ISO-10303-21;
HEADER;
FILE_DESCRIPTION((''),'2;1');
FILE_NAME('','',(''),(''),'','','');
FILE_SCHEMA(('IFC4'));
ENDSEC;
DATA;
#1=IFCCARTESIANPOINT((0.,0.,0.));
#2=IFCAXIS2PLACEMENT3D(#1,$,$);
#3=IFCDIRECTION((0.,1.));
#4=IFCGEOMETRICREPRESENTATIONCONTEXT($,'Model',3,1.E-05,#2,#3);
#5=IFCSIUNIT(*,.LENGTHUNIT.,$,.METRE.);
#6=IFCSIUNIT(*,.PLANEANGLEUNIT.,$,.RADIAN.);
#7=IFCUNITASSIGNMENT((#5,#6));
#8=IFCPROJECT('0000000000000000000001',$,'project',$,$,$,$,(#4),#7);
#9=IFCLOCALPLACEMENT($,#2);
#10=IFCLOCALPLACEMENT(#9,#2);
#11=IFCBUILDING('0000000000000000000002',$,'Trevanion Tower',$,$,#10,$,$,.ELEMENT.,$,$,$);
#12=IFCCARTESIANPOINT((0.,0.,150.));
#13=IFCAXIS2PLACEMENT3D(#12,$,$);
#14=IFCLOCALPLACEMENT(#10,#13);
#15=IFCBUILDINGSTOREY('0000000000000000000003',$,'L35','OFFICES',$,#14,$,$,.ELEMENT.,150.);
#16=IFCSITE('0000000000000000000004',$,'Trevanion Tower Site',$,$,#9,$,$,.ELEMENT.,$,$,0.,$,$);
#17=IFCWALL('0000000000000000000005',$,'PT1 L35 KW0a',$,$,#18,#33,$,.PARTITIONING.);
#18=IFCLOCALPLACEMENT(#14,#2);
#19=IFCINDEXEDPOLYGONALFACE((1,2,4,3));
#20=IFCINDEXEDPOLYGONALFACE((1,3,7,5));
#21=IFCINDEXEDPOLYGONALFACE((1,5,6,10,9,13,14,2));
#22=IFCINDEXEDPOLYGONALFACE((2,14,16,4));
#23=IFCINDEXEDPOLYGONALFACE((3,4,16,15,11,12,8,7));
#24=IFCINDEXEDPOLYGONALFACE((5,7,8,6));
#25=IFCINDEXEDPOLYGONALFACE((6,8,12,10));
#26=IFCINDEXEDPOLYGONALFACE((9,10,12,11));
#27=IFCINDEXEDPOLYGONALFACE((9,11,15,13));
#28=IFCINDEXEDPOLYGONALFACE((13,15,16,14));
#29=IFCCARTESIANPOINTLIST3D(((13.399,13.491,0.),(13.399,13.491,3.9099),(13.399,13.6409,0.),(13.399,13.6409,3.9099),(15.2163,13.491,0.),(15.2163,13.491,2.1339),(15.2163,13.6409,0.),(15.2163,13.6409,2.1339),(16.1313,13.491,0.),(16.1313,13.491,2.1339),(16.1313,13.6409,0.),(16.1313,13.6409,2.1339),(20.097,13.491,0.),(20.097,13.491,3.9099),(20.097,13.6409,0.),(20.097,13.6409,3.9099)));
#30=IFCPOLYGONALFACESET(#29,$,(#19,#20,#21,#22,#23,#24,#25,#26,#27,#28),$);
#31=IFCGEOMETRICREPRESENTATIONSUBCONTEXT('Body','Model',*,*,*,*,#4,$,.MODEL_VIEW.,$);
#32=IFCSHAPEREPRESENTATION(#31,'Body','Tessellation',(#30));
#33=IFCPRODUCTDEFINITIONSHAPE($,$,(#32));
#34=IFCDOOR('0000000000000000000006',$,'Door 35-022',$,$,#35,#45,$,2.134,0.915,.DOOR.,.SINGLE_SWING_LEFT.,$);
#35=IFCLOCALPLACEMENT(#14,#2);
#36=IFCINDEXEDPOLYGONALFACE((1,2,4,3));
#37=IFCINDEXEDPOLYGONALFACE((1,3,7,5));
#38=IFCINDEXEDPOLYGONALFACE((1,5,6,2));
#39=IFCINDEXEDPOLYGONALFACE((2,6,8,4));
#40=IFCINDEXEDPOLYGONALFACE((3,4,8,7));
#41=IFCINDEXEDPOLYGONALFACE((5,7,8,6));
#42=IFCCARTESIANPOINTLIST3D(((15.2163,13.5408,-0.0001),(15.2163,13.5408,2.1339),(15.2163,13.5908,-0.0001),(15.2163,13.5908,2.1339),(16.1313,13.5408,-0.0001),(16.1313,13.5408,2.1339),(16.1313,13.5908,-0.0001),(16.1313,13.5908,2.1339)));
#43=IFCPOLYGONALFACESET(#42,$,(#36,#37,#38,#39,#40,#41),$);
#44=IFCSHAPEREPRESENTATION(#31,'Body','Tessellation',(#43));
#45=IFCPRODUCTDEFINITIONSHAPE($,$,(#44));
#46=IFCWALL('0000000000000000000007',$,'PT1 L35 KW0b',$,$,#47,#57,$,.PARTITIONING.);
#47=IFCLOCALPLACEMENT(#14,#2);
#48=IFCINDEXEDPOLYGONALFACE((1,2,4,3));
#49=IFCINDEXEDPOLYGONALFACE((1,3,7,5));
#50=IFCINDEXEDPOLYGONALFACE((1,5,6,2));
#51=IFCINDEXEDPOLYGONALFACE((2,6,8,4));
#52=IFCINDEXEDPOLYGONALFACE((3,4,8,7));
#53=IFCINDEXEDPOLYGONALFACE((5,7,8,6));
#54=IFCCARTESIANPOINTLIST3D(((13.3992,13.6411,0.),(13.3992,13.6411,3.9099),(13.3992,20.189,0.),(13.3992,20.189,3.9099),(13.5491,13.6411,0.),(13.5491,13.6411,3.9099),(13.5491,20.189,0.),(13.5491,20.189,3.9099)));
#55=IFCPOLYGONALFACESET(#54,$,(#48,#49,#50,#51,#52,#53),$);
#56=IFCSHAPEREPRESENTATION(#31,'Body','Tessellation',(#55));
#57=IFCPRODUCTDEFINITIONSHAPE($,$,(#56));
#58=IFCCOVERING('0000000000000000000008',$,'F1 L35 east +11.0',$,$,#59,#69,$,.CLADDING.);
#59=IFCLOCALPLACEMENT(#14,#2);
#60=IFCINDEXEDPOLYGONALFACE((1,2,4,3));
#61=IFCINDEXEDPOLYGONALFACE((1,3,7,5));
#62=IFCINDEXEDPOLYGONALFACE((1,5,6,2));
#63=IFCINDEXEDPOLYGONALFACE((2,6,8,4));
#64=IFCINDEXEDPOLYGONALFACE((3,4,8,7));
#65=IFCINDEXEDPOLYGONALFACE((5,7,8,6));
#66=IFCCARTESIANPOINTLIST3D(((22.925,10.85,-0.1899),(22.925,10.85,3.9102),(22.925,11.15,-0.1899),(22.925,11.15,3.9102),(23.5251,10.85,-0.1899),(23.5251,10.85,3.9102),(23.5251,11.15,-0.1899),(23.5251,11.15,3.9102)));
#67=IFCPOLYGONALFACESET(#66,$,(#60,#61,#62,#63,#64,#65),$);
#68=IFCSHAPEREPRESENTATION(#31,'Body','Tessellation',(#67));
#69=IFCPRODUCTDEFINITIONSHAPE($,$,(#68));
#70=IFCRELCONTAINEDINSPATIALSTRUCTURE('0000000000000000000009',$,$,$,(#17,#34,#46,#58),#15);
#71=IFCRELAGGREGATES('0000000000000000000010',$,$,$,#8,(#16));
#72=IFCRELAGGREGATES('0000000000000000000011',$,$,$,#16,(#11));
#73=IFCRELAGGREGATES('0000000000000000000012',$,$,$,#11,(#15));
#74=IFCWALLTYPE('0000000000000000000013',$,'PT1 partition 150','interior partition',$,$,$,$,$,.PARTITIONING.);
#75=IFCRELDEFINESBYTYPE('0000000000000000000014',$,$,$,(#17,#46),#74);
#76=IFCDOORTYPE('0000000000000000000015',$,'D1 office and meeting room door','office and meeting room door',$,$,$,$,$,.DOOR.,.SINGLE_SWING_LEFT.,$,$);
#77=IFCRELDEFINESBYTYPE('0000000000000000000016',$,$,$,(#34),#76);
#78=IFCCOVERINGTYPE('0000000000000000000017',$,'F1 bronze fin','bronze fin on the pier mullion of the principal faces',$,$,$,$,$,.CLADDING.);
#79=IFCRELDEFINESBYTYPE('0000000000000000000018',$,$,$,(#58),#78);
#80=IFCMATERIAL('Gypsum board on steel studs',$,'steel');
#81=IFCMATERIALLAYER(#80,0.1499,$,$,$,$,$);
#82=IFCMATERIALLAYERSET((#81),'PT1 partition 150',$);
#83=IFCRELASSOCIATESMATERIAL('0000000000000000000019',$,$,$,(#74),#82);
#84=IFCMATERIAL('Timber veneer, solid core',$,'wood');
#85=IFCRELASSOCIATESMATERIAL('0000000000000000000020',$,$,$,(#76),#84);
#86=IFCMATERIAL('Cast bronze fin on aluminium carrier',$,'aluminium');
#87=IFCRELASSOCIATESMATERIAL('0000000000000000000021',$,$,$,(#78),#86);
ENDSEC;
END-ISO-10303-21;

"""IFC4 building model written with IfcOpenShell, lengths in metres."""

from ifc_helpers import new_model, si_unit, direction, frame, frame_2d, origin, origin_2d, place, context, subcontext, project, spatial, rectangle, extrude, material, layer, layer_set, type_object, element, fill, save


model = new_model("IFC4")

# Units and contexts
model_context = context("Model", 3, precision=1e-05, world=origin(), true_north=direction((0.0, 1.0)))
body_context = subcontext(model_context, "Body", "Model", "MODEL_VIEW")
ifc_project = project(units=[si_unit("LENGTHUNIT", "METRE"), si_unit("PLANEANGLEUNIT", "RADIAN")], contexts=[model_context])

# Site, building, storey
site_placement = place(None, origin())
site = spatial("IfcSite", under=ifc_project, at=site_placement, Name="Trevanion Tower Site", CompositionType="ELEMENT", RefElevation=0.0)
building_placement = place(site_placement, origin())
building = spatial("IfcBuilding", under=site, at=building_placement, Name="Trevanion Tower", CompositionType="ELEMENT")
storey_placement = place(building_placement, frame((0.0, 0.0, 150.0)))
storey = spatial("IfcBuildingStorey", under=building, at=storey_placement, Name="L35", Description="OFFICES", CompositionType="ELEMENT", Elevation=150.0)

# Wall, opening, door
ifc_material_1 = material(Name="Gypsum board on steel studs", Category="steel")
ifc_layer_1 = layer(ifc_material_1, 0.1499)
ifc_layer_set_1 = layer_set([ifc_layer_1], Name="PT1 partition 150")
wall_type = type_object("IfcWallType", Name="PT1 partition 150", Description="interior partition", PredefinedType="PARTITIONING", material=ifc_layer_set_1)
wall_1_placement = place(storey_placement, frame((13.3989, 13.5659, 0.0), z_axis=(0.0, 0.0, 1.0), x_axis=(1.0, 0.0, 0.0)))
wall_1 = element("IfcWall", 1, at=wall_1_placement, inside=storey, type_object=wall_type, Name="PT1 L35 KW0a", PredefinedType="PARTITIONING", context=body_context, shape_type="SweptSolid", body=[
    extrude(rectangle(XDim=6.698, YDim=0.1499, at=frame_2d((3.3491, 0.0))), origin(), (0.0, 0.0, 1.0), 3.9099),
])
opening_placement = place(wall_1_placement, frame((1.8174, 0.0, 0.0)))
opening = element("IfcOpeningElement", 2, at=opening_placement, cuts=wall_1, PredefinedType="OPENING", context=body_context, shape_type="SweptSolid", body=[
    extrude(rectangle(XDim=0.915, YDim=2.134, at=frame_2d((0.4575, 1.0669))), frame((0.0, 0.085, 0.0), z_axis=(0.0, -1.0, 0.0), x_axis=(1.0, 0.0, 0.0)), (0.0, 0.0, 1.0), 0.1699),
])
ifc_material_2 = material(Name="Timber veneer, solid core", Category="wood")
door_type = type_object("IfcDoorType", Name="D1 office and meeting room door", Description="office and meeting room door", OperationType="SINGLE_SWING_LEFT", PredefinedType="DOOR", material=ifc_material_2)
door_placement = place(opening_placement, origin())
door = element("IfcDoor", 3, at=door_placement, inside=storey, type_object=door_type, Name="Door 35-022", OperationType="SINGLE_SWING_LEFT", OverallHeight=2.134, OverallWidth=0.915, PredefinedType="DOOR", context=body_context, shape_type="SweptSolid", body=[
    extrude(rectangle(XDim=0.915, YDim=2.134, at=frame_2d((0.4575, 1.0669))), frame((0.0, 0.0249, 0.0), z_axis=(0.0, -1.0, 0.0), x_axis=(1.0, 0.0, 0.0)), (0.0, 0.0, 1.0), 0.05),
])
fill(opening, door)

# Wall
wall_2_placement = place(storey_placement, frame((13.4741, 13.6411, 0.0), z_axis=(0.0, 0.0, 1.0), x_axis=(0.0, 1.0, 0.0)))
element("IfcWall", 4, at=wall_2_placement, inside=storey, type_object=wall_type, Name="PT1 L35 KW0b", PredefinedType="PARTITIONING", context=body_context, shape_type="SweptSolid", body=[
    extrude(rectangle(XDim=6.5479, YDim=0.1499, at=frame_2d((3.2739, 0.0))), origin(), (0.0, 0.0, 1.0), 3.9099),
])

# Covering
ifc_material_3 = material(Name="Cast bronze fin on aluminium carrier", Category="aluminium")
covering_type = type_object("IfcCoveringType", Name="F1 bronze fin", Description="bronze fin on the pier mullion of the principal faces", PredefinedType="CLADDING", material=ifc_material_3)
covering_placement = place(storey_placement, frame((23.2251, 11.0, -0.1899), z_axis=(0.0, 0.0, 1.0), x_axis=(0.0, 1.0, 0.0)))
element("IfcCovering", 5, at=covering_placement, inside=storey, type_object=covering_type, Name="F1 L35 east +11.0", PredefinedType="CLADDING", context=body_context, shape_type="SweptSolid", body=[
    extrude(rectangle(XDim=0.3, YDim=0.6001, at=origin_2d()), origin(), (0.0, 0.0, 1.0), 4.1001),
])

save(model, "model.ifc")
